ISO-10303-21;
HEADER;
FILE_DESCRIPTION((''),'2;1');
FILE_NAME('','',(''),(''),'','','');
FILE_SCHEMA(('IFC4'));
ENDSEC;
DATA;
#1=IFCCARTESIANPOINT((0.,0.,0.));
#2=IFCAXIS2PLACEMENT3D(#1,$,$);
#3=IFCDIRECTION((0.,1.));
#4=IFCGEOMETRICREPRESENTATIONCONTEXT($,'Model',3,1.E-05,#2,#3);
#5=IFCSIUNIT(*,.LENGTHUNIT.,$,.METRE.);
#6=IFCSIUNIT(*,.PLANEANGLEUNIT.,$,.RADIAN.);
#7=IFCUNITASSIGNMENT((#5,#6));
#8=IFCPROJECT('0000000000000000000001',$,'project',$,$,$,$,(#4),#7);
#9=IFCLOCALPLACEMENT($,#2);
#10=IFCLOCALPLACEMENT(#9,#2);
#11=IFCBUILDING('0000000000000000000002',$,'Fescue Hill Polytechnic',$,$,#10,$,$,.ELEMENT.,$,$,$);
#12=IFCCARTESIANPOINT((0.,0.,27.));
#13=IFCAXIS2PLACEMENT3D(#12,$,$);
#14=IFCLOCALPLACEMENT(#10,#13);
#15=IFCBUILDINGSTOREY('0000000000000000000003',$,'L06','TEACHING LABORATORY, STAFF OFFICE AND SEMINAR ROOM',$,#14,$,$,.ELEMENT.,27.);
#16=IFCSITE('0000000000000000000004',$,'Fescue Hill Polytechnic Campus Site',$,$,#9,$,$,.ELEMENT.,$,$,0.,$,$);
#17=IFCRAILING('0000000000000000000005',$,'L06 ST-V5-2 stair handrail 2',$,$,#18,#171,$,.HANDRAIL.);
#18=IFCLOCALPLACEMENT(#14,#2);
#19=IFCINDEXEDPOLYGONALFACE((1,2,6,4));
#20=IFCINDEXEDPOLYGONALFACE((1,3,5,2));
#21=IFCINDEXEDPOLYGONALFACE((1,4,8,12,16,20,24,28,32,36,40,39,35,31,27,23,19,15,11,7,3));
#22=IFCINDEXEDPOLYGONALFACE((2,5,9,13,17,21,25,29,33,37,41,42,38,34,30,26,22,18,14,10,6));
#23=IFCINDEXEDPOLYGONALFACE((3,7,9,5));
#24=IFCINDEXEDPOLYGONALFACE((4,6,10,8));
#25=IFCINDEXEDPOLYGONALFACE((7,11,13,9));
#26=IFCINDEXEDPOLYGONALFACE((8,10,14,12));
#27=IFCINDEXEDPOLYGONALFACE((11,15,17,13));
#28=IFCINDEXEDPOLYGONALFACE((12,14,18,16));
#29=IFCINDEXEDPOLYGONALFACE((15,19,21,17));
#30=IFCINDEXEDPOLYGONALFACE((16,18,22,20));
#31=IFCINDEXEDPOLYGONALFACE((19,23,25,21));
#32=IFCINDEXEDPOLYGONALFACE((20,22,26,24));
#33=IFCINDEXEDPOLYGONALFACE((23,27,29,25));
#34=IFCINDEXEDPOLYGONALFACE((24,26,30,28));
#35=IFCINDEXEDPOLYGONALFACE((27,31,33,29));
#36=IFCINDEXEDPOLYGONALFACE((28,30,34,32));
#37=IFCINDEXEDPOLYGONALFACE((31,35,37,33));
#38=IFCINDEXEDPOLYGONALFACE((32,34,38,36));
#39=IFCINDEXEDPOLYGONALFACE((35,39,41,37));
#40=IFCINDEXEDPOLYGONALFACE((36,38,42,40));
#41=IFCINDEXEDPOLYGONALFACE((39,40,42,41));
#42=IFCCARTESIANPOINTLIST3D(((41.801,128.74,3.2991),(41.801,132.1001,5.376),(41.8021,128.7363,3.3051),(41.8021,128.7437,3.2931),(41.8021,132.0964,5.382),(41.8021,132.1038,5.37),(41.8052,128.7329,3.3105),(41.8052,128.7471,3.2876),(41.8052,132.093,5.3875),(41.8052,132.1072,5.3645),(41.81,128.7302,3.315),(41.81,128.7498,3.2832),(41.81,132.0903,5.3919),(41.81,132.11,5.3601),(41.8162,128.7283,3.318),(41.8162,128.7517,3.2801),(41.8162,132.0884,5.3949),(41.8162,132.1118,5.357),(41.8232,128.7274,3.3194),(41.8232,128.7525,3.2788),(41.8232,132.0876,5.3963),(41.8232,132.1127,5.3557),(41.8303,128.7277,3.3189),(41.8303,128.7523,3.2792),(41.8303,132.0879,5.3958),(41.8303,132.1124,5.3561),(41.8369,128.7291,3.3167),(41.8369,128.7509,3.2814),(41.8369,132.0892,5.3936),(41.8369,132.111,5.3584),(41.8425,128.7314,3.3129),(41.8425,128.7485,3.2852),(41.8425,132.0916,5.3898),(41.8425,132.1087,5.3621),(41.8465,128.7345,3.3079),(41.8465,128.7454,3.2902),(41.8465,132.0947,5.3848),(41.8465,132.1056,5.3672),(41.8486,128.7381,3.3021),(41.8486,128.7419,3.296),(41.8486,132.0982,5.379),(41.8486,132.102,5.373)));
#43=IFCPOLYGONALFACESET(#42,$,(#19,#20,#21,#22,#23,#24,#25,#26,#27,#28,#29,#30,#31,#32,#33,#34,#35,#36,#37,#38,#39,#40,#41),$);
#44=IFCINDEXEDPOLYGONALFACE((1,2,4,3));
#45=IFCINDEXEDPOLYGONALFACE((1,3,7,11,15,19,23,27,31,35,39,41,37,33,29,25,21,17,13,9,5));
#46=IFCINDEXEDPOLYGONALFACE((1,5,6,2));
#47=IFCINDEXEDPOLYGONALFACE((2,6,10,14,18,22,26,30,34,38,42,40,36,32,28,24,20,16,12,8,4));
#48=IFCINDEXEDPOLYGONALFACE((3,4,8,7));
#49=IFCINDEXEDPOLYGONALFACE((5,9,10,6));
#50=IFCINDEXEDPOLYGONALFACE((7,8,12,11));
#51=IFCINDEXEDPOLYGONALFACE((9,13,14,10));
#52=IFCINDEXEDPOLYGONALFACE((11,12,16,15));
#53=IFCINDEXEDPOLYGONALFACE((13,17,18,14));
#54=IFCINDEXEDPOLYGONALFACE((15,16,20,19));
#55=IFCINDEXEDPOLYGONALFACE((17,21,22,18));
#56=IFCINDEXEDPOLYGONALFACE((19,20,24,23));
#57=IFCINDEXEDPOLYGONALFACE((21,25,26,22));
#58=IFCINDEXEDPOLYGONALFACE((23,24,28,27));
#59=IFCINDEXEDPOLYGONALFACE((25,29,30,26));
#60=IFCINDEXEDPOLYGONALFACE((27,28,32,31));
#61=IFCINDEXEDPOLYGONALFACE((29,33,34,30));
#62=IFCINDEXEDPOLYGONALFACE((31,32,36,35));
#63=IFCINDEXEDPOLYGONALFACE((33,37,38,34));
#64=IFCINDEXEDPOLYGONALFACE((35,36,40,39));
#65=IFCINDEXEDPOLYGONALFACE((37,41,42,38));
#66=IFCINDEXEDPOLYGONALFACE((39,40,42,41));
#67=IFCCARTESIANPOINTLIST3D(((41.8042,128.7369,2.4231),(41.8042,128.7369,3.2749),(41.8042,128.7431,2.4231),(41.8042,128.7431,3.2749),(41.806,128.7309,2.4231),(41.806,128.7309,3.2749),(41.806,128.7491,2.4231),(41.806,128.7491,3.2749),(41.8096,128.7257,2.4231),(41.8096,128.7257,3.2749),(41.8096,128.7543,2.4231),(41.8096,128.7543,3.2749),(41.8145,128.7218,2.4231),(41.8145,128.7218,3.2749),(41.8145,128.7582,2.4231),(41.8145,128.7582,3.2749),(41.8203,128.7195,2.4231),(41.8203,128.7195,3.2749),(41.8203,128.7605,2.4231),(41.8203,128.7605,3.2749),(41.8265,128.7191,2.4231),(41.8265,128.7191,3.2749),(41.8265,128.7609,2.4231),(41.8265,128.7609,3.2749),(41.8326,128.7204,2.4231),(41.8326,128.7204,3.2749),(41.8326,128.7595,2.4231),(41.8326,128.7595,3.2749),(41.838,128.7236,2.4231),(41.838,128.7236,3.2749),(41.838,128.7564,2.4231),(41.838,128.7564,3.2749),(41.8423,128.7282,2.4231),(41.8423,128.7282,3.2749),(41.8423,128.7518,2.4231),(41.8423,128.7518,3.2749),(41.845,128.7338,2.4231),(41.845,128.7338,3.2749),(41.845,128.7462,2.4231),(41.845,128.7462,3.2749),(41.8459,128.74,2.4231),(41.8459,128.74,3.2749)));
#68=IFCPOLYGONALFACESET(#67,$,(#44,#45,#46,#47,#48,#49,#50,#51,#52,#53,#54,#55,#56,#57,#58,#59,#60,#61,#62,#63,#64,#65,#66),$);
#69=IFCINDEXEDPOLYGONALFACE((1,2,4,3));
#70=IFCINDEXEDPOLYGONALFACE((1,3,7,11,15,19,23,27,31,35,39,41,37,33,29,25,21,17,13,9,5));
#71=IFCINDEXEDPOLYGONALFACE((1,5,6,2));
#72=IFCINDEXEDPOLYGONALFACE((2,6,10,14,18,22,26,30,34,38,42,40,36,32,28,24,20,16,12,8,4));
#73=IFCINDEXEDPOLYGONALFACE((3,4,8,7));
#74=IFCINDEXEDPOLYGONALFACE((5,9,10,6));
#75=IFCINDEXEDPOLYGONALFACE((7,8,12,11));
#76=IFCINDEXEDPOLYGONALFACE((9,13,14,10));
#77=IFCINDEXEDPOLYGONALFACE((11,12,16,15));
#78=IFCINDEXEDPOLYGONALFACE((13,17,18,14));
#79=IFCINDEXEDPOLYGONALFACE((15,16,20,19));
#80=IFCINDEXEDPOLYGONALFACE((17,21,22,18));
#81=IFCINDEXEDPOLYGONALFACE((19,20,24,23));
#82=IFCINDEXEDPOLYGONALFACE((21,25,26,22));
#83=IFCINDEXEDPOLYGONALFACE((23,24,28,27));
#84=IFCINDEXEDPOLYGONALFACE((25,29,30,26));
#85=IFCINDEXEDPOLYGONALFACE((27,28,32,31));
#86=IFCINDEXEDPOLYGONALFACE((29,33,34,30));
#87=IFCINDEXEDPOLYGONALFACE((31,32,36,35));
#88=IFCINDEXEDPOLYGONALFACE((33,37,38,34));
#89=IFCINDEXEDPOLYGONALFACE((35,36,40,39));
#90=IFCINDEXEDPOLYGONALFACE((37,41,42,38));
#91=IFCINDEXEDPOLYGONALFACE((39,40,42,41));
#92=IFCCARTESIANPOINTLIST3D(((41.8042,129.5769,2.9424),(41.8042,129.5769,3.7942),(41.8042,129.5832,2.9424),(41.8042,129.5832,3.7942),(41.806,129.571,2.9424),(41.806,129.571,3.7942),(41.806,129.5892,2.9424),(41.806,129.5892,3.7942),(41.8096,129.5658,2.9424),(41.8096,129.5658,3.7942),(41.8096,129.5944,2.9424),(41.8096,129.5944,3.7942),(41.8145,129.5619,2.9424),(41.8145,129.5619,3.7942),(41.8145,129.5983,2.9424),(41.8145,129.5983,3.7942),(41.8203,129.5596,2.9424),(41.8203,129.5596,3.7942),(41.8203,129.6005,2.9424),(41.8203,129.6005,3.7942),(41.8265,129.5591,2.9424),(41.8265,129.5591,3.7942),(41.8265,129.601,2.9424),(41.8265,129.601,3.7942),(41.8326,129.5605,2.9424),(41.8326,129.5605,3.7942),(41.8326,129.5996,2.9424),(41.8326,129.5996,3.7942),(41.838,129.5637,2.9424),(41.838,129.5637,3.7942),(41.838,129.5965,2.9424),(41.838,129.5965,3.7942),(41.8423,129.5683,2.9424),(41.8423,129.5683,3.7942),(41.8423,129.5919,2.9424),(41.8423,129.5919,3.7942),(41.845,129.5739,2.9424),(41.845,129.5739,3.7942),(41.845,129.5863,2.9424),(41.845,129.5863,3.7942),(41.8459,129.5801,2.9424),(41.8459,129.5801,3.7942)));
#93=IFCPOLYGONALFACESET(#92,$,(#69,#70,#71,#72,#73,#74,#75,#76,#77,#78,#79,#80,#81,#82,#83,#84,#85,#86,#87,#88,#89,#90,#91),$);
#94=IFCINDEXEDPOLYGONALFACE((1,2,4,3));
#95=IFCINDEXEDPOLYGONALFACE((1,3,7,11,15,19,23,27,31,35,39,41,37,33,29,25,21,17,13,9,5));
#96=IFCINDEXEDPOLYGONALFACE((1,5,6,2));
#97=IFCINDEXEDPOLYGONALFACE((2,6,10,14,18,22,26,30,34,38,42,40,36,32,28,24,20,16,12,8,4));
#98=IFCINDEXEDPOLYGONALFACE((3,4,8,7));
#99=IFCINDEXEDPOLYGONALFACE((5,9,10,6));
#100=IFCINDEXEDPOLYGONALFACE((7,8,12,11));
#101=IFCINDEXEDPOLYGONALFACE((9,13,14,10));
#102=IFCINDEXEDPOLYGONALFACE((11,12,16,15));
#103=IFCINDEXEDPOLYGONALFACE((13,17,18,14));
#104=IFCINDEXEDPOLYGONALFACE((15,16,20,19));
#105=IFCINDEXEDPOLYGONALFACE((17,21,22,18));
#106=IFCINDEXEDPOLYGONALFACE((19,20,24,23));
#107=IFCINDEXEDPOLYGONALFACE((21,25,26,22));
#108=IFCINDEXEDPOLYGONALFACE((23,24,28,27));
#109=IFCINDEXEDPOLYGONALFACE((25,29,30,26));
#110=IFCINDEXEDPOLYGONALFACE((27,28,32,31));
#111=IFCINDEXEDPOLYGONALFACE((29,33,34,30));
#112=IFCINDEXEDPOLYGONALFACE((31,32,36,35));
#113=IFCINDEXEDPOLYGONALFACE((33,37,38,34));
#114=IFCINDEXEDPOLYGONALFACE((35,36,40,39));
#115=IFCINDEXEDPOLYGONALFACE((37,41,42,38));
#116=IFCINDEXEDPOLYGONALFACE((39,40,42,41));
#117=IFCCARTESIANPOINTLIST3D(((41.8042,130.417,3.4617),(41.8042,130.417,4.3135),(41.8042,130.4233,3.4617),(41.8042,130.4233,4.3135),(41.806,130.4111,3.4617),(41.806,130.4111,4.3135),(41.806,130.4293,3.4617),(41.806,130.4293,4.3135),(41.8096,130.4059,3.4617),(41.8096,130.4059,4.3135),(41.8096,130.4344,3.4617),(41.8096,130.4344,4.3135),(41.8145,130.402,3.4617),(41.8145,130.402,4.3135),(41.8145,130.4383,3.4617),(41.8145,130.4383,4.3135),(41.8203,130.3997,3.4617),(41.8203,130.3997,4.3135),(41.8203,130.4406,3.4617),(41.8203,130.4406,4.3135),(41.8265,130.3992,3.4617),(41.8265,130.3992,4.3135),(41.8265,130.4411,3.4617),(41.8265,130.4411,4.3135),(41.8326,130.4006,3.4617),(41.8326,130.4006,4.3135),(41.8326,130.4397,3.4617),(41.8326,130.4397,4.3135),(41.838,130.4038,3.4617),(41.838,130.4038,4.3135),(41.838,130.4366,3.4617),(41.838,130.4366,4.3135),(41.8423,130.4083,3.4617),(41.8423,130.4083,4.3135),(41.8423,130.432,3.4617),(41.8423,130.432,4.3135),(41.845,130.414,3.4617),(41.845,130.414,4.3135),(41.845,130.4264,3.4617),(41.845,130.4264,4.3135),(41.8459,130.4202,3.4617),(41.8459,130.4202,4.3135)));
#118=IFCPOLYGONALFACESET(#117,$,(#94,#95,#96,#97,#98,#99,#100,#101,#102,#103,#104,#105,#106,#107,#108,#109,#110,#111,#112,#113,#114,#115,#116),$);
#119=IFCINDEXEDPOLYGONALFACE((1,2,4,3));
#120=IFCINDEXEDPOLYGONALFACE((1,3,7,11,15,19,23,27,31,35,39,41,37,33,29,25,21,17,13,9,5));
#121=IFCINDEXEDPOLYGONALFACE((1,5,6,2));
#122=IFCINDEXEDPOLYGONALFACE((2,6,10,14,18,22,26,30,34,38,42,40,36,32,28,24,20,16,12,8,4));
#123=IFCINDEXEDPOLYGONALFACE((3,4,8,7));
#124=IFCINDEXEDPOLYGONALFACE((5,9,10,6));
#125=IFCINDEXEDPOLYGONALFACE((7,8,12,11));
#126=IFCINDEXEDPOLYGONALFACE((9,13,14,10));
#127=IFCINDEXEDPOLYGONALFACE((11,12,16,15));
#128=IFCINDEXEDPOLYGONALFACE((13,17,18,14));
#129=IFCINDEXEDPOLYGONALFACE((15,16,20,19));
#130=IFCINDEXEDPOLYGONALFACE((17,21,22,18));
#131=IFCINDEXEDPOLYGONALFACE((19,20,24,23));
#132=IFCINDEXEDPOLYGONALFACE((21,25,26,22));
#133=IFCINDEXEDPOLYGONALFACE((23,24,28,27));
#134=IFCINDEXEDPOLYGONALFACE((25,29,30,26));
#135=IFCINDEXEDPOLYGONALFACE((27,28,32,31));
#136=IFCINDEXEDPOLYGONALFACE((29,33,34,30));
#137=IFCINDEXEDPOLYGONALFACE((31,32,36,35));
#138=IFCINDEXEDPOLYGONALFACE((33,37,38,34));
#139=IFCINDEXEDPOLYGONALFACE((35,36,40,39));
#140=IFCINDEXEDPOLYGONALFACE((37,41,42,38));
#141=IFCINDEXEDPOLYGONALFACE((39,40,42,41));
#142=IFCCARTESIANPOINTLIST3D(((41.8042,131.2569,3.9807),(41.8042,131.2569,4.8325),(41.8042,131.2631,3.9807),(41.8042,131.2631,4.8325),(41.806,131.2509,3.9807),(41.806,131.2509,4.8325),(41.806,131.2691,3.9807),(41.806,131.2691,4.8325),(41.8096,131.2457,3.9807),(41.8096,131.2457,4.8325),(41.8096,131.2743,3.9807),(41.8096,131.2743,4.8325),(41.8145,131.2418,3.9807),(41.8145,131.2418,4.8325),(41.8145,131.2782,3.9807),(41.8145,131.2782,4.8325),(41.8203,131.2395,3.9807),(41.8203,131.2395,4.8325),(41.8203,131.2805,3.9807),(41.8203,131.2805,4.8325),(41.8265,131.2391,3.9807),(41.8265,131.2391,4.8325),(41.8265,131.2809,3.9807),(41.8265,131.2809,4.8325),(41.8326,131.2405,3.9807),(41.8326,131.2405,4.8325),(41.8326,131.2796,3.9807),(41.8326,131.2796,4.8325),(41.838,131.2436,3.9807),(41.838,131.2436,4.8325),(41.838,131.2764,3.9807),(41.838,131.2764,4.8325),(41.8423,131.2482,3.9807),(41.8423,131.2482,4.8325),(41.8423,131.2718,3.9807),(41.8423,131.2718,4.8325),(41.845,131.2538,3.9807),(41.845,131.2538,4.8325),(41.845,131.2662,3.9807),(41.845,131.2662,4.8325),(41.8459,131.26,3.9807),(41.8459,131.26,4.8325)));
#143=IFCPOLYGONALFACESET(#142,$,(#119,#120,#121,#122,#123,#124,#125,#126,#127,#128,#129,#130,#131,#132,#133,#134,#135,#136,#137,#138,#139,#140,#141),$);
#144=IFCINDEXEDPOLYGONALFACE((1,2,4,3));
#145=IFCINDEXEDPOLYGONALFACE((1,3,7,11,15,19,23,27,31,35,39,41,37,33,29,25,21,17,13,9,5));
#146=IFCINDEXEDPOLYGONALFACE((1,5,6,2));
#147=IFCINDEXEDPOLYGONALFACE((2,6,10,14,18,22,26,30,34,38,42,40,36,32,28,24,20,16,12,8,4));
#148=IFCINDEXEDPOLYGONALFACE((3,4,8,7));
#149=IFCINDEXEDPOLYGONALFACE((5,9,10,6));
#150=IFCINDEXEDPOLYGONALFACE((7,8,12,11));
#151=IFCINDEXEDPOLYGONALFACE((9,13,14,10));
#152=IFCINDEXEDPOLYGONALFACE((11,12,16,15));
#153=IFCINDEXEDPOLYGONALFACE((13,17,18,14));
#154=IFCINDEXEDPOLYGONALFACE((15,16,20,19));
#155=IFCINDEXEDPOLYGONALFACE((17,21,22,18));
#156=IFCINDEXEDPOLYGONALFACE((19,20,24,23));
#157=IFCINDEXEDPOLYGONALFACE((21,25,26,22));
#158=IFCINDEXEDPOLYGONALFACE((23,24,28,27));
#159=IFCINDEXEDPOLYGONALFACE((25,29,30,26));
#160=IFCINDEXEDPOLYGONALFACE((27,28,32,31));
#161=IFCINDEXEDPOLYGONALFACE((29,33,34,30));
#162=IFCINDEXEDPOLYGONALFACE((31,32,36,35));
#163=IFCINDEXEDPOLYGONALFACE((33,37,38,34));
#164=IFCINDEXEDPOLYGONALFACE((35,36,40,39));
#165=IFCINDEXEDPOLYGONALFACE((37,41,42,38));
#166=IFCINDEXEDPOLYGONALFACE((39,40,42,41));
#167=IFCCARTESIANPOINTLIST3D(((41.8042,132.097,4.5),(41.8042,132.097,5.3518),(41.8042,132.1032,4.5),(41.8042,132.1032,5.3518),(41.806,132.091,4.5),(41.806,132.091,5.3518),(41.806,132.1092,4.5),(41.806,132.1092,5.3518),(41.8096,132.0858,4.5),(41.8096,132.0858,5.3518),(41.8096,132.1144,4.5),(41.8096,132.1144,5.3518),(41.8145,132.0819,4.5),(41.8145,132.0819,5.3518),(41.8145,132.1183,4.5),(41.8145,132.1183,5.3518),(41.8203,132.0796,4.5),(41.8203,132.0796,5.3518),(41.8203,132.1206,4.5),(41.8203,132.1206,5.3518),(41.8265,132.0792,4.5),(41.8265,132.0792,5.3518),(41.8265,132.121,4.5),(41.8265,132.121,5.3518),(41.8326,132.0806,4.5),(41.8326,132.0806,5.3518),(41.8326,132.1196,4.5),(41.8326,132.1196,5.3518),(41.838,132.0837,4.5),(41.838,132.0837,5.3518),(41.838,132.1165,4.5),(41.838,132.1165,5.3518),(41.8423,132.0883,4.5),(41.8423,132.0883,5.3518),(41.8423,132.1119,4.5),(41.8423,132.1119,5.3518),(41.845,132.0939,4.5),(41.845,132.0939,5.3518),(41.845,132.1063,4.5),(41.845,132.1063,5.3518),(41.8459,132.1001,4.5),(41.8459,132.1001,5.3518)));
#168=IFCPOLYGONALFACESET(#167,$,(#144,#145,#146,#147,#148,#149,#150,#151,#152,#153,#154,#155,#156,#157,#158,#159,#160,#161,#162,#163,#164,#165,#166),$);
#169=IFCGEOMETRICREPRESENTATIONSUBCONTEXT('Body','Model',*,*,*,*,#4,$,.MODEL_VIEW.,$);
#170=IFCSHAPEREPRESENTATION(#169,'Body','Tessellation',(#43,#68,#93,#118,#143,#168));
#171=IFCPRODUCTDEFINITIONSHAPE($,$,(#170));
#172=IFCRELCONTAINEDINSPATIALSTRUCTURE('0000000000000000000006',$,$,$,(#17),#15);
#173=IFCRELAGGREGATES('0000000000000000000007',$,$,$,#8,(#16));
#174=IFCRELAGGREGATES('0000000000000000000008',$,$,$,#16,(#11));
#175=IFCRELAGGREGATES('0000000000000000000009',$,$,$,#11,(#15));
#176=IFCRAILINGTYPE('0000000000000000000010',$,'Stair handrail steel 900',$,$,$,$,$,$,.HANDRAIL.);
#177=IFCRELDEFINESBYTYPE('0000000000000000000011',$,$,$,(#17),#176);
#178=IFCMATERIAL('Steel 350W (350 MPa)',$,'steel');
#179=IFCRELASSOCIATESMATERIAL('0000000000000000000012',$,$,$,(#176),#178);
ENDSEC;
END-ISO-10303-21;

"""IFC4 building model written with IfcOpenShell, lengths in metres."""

from ifc_helpers import new_model, si_unit, direction, frame, origin, origin_2d, place, context, subcontext, project, spatial, circle, extrude, material, type_object, element, save


model = new_model("IFC4")

# Units and contexts
model_context = context("Model", 3, precision=1e-05, world=origin(), true_north=direction((0.0, 1.0)))
body_context = subcontext(model_context, "Body", "Model", "MODEL_VIEW")
ifc_project = project(units=[si_unit("LENGTHUNIT", "METRE"), si_unit("PLANEANGLEUNIT", "RADIAN")], contexts=[model_context])

# Site, building, storey
site_placement = place(None, origin())
site = spatial("IfcSite", under=ifc_project, at=site_placement, Name="Fescue Hill Polytechnic Campus Site", CompositionType="ELEMENT", RefElevation=0.0)
building_placement = place(site_placement, origin())
building = spatial("IfcBuilding", under=site, at=building_placement, Name="Fescue Hill Polytechnic", CompositionType="ELEMENT")
storey_placement = place(building_placement, frame((0.0, 0.0, 27.0)))
storey = spatial("IfcBuildingStorey", under=building, at=storey_placement, Name="L06", Description="TEACHING LABORATORY, STAFF OFFICE AND SEMINAR ROOM", CompositionType="ELEMENT", Elevation=27.0)

# Railing
ifc_material_1 = material(Name="Steel 350W (350 MPa)", Category="steel")
railing_type_1 = type_object("IfcRailingType", Name="Stair handrail steel 900", PredefinedType="HANDRAIL", material=ifc_material_1)
railing_1_placement = place(storey_placement, frame((41.825, 128.74, 2.4231)))
element("IfcRailing", 1, at=railing_1_placement, inside=storey, type_object=railing_type_1, Name="L06 ST-V5-2 stair handrail 2", PredefinedType="HANDRAIL", context=body_context, shape_type="SweptSolid", body=[
    extrude(circle(Radius=0.0239, at=origin_2d()), frame((0.0, 0.0, 0.876), z_axis=(0.0, 0.850623, 0.525776), x_axis=(-1.0, 0.0, 0.0)), (0.0, 0.0, 1.0), 3.9502),
    extrude(circle(Radius=0.021, at=origin_2d()), origin(), (0.0, 0.0, 1.0), 0.8518),
    extrude(circle(Radius=0.021, at=origin_2d()), frame((0.0, 0.8401, 0.5193)), (0.0, 0.0, 1.0), 0.8518),
    extrude(circle(Radius=0.021, at=origin_2d()), frame((0.0, 1.6802, 1.0386)), (0.0, 0.0, 1.0), 0.8518),
    extrude(circle(Radius=0.021, at=origin_2d()), frame((0.0, 2.52, 1.5576)), (0.0, 0.0, 1.0), 0.8518),
    extrude(circle(Radius=0.021, at=origin_2d()), frame((0.0, 3.3601, 2.0769)), (0.0, 0.0, 1.0), 0.8518),
])

save(model, "model.ifc")
